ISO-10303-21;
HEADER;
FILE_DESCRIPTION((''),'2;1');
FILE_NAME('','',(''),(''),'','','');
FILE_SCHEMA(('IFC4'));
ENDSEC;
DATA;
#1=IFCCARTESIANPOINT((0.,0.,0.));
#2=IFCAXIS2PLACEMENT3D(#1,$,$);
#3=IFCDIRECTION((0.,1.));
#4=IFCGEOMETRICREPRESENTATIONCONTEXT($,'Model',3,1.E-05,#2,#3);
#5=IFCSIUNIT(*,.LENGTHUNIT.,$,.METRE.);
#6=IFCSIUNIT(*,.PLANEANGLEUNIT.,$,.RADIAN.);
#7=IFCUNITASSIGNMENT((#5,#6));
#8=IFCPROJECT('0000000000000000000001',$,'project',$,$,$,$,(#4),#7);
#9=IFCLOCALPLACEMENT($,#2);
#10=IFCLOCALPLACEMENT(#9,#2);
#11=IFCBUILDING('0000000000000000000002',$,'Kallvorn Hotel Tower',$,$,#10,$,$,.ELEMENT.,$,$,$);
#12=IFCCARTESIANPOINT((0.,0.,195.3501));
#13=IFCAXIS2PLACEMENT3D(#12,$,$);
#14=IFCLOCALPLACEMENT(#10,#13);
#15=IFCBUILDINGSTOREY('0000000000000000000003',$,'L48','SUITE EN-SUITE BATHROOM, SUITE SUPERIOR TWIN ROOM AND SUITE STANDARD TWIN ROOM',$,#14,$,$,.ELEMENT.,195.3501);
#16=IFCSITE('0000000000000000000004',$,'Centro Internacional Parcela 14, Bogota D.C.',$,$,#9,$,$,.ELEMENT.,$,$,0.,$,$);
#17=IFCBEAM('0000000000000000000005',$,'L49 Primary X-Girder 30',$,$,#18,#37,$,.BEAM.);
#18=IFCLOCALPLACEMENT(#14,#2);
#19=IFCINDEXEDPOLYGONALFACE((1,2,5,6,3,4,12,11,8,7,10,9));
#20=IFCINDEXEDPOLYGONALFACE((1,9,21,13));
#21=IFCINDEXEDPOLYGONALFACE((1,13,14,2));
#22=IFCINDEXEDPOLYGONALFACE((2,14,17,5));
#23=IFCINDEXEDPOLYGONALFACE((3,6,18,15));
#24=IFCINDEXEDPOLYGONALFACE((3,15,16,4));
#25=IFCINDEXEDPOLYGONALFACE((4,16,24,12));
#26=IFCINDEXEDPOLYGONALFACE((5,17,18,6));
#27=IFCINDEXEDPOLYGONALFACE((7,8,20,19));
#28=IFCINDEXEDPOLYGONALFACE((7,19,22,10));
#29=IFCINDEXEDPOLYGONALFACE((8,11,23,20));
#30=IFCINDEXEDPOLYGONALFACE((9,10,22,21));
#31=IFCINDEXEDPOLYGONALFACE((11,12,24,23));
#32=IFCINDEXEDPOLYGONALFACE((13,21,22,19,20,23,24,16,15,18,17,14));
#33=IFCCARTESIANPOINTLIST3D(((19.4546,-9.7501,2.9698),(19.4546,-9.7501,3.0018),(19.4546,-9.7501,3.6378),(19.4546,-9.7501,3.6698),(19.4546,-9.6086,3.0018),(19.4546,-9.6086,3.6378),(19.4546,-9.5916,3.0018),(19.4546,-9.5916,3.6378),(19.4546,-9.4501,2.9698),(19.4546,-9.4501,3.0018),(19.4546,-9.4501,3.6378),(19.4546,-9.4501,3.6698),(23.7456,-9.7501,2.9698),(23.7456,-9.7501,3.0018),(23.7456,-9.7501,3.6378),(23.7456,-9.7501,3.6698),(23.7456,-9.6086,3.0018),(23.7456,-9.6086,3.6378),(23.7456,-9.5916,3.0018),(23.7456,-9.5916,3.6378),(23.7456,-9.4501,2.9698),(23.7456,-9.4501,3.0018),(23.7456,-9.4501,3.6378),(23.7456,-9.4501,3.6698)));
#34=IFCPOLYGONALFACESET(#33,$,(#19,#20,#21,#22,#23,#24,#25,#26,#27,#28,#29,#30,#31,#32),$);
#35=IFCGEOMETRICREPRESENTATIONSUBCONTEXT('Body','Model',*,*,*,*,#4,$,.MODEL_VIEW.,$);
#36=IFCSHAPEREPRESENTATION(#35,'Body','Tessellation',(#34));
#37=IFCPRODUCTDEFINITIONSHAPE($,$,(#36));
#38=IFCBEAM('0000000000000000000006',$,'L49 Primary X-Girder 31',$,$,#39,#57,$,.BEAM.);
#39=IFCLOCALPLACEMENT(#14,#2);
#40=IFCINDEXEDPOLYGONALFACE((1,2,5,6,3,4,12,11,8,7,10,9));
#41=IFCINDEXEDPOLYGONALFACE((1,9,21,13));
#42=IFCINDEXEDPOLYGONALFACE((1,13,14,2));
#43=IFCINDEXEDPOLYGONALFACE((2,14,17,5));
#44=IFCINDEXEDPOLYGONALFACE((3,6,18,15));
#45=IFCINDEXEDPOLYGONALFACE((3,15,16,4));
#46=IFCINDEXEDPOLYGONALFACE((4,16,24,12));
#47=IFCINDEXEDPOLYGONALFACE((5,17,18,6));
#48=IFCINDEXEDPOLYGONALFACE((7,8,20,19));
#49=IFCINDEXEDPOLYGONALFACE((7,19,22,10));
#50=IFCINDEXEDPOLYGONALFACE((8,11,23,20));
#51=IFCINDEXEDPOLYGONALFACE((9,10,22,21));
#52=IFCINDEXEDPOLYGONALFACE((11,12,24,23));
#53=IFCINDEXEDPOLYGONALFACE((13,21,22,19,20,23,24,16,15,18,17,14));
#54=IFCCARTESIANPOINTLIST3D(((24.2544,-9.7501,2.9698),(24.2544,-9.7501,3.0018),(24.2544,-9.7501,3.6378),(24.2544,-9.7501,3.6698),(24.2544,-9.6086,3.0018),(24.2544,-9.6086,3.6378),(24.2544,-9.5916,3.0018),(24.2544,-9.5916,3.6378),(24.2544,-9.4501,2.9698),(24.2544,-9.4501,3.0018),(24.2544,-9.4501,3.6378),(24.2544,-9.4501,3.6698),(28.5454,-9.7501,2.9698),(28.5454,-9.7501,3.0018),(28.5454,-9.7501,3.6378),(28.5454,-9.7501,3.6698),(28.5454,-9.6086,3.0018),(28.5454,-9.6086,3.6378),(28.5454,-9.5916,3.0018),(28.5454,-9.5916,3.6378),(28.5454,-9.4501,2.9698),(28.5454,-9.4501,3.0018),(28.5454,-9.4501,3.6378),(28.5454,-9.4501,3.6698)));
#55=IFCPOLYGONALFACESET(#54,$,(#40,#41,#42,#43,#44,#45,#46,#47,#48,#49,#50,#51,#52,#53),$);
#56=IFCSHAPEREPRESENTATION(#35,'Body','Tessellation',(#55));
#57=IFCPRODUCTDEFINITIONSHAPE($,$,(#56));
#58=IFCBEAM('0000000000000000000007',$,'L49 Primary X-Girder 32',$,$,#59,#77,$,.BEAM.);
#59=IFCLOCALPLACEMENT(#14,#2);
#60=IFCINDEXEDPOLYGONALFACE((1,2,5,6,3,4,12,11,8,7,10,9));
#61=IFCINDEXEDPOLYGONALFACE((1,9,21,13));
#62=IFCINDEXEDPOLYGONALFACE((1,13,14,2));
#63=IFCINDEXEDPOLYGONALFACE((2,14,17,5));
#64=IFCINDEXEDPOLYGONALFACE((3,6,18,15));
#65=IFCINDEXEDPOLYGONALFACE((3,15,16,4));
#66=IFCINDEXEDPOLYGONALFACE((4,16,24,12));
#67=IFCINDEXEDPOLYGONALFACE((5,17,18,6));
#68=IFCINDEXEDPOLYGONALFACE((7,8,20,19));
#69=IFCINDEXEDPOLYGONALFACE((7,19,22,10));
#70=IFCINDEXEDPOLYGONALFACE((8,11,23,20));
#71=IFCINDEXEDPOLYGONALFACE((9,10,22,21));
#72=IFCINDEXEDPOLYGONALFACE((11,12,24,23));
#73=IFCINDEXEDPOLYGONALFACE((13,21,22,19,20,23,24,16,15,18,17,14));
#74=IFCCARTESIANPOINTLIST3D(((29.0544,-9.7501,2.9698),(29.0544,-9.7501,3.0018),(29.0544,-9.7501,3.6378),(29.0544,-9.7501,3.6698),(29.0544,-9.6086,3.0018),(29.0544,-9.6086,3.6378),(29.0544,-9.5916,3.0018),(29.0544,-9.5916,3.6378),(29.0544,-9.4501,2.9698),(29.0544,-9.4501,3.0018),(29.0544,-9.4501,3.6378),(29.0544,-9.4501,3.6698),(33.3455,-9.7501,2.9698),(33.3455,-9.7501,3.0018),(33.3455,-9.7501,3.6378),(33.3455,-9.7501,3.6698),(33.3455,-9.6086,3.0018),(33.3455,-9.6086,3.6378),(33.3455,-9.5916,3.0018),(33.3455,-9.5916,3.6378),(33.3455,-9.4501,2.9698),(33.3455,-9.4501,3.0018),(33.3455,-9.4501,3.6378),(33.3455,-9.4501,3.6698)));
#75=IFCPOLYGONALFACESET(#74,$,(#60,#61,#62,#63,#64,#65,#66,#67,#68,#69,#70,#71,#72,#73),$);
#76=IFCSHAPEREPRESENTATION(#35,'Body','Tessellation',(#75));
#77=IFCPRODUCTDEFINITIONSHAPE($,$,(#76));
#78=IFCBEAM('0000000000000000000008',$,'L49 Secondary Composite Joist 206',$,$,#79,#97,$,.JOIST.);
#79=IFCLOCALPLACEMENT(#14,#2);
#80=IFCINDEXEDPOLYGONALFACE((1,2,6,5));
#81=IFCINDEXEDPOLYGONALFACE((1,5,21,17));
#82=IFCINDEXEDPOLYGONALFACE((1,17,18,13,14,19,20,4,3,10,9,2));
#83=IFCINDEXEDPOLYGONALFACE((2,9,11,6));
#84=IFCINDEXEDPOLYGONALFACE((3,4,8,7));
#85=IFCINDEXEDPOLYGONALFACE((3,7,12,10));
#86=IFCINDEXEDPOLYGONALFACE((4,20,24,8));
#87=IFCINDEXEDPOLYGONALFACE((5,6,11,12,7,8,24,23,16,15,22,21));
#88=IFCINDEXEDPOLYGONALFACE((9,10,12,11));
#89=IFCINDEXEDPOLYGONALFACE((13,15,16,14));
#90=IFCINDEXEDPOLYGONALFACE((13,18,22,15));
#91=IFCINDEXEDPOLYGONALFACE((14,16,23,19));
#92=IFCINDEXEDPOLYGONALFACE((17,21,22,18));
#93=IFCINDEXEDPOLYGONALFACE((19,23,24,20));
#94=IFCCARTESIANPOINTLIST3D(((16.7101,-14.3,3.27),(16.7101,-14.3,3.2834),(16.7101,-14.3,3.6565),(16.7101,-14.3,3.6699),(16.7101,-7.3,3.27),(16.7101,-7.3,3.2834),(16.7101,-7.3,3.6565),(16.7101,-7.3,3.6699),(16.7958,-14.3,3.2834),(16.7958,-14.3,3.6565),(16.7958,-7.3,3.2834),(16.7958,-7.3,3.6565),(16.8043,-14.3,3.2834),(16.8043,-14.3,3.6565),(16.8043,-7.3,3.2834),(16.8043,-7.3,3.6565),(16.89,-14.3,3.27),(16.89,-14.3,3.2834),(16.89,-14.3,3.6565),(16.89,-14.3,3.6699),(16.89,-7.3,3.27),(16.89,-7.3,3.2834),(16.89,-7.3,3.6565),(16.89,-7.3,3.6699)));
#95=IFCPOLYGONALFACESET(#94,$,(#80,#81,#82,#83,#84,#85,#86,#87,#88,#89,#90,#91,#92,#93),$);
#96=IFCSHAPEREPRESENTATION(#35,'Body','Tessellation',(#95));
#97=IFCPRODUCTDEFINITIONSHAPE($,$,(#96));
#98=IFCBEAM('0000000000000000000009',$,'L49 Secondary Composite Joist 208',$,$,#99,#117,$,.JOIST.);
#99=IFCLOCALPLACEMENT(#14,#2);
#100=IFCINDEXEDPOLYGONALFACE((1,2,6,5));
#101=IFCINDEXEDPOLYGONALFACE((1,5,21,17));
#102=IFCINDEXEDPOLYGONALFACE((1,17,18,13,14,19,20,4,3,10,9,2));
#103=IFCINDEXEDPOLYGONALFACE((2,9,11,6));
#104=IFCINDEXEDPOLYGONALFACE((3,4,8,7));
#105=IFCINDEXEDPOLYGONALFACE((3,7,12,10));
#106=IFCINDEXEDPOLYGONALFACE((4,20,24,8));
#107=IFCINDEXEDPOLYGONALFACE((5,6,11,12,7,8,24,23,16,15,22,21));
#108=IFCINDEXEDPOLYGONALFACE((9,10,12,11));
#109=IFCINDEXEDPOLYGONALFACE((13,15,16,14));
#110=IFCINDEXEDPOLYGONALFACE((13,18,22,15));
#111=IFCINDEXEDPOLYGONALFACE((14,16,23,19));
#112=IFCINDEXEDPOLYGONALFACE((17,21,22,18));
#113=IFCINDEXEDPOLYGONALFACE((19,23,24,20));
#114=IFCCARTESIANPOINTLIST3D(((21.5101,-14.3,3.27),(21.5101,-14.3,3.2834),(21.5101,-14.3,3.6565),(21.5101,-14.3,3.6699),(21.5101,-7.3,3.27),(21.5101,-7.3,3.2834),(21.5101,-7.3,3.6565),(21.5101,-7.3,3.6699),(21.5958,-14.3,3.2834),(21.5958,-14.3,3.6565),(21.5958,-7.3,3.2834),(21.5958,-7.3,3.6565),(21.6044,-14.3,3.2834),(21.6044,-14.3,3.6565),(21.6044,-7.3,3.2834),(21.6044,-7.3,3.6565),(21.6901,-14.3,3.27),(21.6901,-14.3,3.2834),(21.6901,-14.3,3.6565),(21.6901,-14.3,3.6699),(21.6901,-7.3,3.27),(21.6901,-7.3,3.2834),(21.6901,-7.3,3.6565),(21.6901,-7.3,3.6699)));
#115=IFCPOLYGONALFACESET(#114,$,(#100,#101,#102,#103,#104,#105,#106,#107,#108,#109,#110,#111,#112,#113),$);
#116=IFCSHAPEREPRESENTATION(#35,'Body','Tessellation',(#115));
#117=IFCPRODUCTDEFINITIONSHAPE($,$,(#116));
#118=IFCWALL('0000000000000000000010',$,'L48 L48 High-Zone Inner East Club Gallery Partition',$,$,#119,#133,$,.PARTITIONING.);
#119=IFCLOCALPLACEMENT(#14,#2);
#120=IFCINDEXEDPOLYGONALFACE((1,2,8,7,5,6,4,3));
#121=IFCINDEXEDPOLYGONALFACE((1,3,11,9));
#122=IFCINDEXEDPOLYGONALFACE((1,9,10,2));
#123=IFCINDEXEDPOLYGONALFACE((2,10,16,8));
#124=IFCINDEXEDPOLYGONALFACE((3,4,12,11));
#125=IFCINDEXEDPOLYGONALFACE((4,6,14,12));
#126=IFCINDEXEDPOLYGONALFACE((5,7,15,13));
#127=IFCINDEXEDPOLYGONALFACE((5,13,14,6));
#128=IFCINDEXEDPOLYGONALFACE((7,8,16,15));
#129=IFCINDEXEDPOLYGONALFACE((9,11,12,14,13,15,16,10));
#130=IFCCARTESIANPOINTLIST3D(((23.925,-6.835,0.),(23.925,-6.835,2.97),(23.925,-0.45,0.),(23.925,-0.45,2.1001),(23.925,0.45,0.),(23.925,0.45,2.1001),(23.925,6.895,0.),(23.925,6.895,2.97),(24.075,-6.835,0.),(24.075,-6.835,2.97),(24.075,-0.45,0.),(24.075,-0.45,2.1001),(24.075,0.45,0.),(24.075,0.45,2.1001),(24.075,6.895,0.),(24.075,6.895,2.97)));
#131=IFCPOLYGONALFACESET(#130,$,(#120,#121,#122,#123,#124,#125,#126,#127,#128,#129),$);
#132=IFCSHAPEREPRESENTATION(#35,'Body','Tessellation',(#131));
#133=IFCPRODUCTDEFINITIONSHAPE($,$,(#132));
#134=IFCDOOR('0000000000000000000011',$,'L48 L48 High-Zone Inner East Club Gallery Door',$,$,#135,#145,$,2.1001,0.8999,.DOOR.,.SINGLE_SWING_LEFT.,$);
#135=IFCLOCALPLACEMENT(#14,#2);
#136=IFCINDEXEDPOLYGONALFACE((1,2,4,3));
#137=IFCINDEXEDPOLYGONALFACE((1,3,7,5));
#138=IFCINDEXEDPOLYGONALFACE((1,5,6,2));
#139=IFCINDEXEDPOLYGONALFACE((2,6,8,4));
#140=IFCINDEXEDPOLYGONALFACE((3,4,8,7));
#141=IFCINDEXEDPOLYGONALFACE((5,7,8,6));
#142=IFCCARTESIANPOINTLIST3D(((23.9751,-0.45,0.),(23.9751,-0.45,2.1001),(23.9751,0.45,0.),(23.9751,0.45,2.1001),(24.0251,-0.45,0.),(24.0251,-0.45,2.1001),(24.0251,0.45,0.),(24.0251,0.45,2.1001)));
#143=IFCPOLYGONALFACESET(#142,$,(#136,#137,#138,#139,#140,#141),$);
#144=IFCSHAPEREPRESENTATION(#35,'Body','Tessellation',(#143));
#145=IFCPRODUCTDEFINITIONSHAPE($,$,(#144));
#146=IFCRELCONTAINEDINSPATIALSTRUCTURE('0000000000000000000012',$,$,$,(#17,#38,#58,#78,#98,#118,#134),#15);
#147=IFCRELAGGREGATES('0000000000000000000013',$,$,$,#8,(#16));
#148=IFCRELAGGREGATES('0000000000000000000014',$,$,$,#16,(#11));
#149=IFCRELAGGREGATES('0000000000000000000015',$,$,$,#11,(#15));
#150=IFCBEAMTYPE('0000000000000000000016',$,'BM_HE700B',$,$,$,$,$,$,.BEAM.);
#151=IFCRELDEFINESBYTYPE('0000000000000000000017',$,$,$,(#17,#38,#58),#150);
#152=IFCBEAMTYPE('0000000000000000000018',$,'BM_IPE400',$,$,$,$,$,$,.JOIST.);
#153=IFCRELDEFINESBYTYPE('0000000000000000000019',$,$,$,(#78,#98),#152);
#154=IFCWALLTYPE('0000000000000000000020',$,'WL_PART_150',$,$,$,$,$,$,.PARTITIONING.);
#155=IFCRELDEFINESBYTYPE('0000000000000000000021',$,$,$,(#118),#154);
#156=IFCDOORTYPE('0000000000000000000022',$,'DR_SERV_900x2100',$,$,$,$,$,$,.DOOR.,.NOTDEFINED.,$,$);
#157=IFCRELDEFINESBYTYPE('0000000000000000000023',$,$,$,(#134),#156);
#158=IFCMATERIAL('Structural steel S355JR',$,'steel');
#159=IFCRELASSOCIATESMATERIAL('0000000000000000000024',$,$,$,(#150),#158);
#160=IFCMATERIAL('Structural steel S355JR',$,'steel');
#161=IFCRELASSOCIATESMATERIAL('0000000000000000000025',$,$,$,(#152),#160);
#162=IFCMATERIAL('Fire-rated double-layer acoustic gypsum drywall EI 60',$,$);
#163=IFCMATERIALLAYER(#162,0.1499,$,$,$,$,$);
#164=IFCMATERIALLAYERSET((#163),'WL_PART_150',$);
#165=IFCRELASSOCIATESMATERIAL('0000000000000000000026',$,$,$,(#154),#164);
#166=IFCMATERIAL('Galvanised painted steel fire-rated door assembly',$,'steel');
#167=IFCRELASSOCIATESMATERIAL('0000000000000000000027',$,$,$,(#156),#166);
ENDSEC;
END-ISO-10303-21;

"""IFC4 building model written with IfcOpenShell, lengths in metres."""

from ifc_helpers import new_model, si_unit, direction, frame, frame_2d, origin, origin_2d, place, context, subcontext, project, spatial, rectangle, i_section, extrude, material, layer, layer_set, material_profile, profile_set, type_object, element, fill, save


model = new_model("IFC4")

# Units and contexts
model_context = context("Model", 3, precision=1e-05, world=origin(), true_north=direction((0.0, 1.0)))
body_context = subcontext(model_context, "Body", "Model", "MODEL_VIEW")
ifc_project = project(units=[si_unit("LENGTHUNIT", "METRE"), si_unit("PLANEANGLEUNIT", "RADIAN")], contexts=[model_context])

# Site, building, storey
site_placement = place(None, origin())
site = spatial("IfcSite", under=ifc_project, at=site_placement, Name="Centro Internacional Parcela 14, Bogota D.C.", CompositionType="ELEMENT", RefElevation=0.0)
building_placement = place(site_placement, origin())
building = spatial("IfcBuilding", under=site, at=building_placement, Name="Kallvorn Hotel Tower", CompositionType="ELEMENT")
storey_placement = place(building_placement, frame((0.0, 0.0, 195.3501)))
storey = spatial("IfcBuildingStorey", under=building, at=storey_placement, Name="L48", Description="SUITE EN-SUITE BATHROOM, SUITE SUPERIOR TWIN ROOM AND SUITE STANDARD TWIN ROOM", CompositionType="ELEMENT", Elevation=195.3501)

# Beams
ifc_material_1 = material(Name="Structural steel S355JR", Category="steel")
ifc_material_profile_1 = material_profile(ifc_material_1, i_section(OverallWidth=0.3, OverallDepth=0.7, WebThickness=0.0171, FlangeThickness=0.032, at=origin_2d()), Name="HE 700 B")
ifc_profile_set_1 = profile_set([ifc_material_profile_1], Name="Structural steel S355JR")
beam_type_1 = type_object("IfcBeamType", Name="BM_HE700B", PredefinedType="BEAM", material=ifc_profile_set_1)
for number, where, z_axis, x_axis, name in (
    (1, (19.4546, -9.6001, 3.3198), (1.0, 0.0, 0.0), (0.0, 1.0, 0.0), "L49 Primary X-Girder 30"),
    (2, (24.2544, -9.6001, 3.3198), (1.0, 0.0, 0.0), (0.0, 1.0, 0.0), "L49 Primary X-Girder 31"),
    (3, (29.0544, -9.6001, 3.3198), (1.0, 0.0, 0.0), (0.0, 1.0, 0.0), "L49 Primary X-Girder 32"),
):
    element("IfcBeam", number, at=place(storey_placement, frame(where, z_axis=z_axis, x_axis=x_axis)), inside=storey, type_object=beam_type_1, Name=name, PredefinedType="BEAM", context=body_context, shape_type="SweptSolid", body=[
        extrude(i_section(OverallWidth=0.3, OverallDepth=0.7, WebThickness=0.0171, FlangeThickness=0.032, at=origin_2d()), origin(), (0.0, 0.0, 1.0), 4.291),
    ])
ifc_material_2 = material(Name="Structural steel S355JR", Category="steel")
ifc_material_profile_2 = material_profile(ifc_material_2, i_section(OverallWidth=0.1799, OverallDepth=0.3999, WebThickness=0.0085, FlangeThickness=0.0134, at=origin_2d()), Name="IPE 400")
ifc_profile_set_2 = profile_set([ifc_material_profile_2], Name="Structural steel S355JR")
beam_type_2 = type_object("IfcBeamType", Name="BM_IPE400", PredefinedType="JOIST", material=ifc_profile_set_2)
for number, where, z_axis, x_axis, name in (
    (4, (16.8, -14.3, 3.47), (0.0, 1.0, 0.0), (-1.0, 0.0, 0.0), "L49 Secondary Composite Joist 206"),
    (5, (21.6001, -14.3, 3.47), (0.0, 1.0, 0.0), (-1.0, 0.0, 0.0), "L49 Secondary Composite Joist 208"),
):
    element("IfcBeam", number, at=place(storey_placement, frame(where, z_axis=z_axis, x_axis=x_axis)), inside=storey, type_object=beam_type_2, Name=name, PredefinedType="JOIST", context=body_context, shape_type="SweptSolid", body=[
        extrude(i_section(OverallWidth=0.1799, OverallDepth=0.3999, WebThickness=0.0085, FlangeThickness=0.0134, at=origin_2d()), origin(), (0.0, 0.0, 1.0), 7.0),
    ])

# Wall, opening, door
ifc_material_3 = material(Name="Fire-rated double-layer acoustic gypsum drywall EI 60")
ifc_layer = layer(ifc_material_3, 0.1499)
ifc_layer_set = layer_set([ifc_layer], Name="WL_PART_150")
wall_type = type_object("IfcWallType", Name="WL_PART_150", PredefinedType="PARTITIONING", material=ifc_layer_set)
wall_placement = place(storey_placement, frame((24.0, -6.835, 0.0), z_axis=(0.0, 0.0, 1.0), x_axis=(0.0, 1.0, 0.0)))
wall = element("IfcWall", 6, at=wall_placement, inside=storey, type_object=wall_type, Name="L48 L48 High-Zone Inner East Club Gallery Partition", PredefinedType="PARTITIONING", context=body_context, shape_type="SweptSolid", body=[
    extrude(rectangle(XDim=13.73, YDim=0.1499, at=frame_2d((6.865, 0.0))), origin(), (0.0, 0.0, 1.0), 2.97),
])
opening_placement = place(wall_placement, frame((6.385, 0.0, 0.0)))
opening = element("IfcOpeningElement", 7, at=opening_placement, cuts=wall, PredefinedType="OPENING", context=body_context, shape_type="SweptSolid", body=[
    extrude(rectangle(XDim=0.8999, YDim=2.1001, at=frame_2d((0.45, 1.05))), frame((0.0, 0.0898, 0.0), z_axis=(0.0, -1.0, 0.0), x_axis=(1.0, 0.0, 0.0)), (0.0, 0.0, 1.0), 0.1799),
])
ifc_material_4 = material(Name="Galvanised painted steel fire-rated door assembly", Category="steel")
door_type = type_object("IfcDoorType", Name="DR_SERV_900x2100", OperationType="NOTDEFINED", PredefinedType="DOOR", material=ifc_material_4)
door_placement = place(opening_placement, origin())
door = element("IfcDoor", 8, at=door_placement, inside=storey, type_object=door_type, Name="L48 L48 High-Zone Inner East Club Gallery Door", OperationType="SINGLE_SWING_LEFT", OverallHeight=2.1001, OverallWidth=0.8999, PredefinedType="DOOR", context=body_context, shape_type="SweptSolid", body=[
    extrude(rectangle(XDim=0.8999, YDim=2.1001, at=frame_2d((0.45, 1.05))), frame((0.0, 0.0249, 0.0), z_axis=(0.0, -1.0, 0.0), x_axis=(1.0, 0.0, 0.0)), (0.0, 0.0, 1.0), 0.05),
])
fill(opening, door)

save(model, "model.ifc")
